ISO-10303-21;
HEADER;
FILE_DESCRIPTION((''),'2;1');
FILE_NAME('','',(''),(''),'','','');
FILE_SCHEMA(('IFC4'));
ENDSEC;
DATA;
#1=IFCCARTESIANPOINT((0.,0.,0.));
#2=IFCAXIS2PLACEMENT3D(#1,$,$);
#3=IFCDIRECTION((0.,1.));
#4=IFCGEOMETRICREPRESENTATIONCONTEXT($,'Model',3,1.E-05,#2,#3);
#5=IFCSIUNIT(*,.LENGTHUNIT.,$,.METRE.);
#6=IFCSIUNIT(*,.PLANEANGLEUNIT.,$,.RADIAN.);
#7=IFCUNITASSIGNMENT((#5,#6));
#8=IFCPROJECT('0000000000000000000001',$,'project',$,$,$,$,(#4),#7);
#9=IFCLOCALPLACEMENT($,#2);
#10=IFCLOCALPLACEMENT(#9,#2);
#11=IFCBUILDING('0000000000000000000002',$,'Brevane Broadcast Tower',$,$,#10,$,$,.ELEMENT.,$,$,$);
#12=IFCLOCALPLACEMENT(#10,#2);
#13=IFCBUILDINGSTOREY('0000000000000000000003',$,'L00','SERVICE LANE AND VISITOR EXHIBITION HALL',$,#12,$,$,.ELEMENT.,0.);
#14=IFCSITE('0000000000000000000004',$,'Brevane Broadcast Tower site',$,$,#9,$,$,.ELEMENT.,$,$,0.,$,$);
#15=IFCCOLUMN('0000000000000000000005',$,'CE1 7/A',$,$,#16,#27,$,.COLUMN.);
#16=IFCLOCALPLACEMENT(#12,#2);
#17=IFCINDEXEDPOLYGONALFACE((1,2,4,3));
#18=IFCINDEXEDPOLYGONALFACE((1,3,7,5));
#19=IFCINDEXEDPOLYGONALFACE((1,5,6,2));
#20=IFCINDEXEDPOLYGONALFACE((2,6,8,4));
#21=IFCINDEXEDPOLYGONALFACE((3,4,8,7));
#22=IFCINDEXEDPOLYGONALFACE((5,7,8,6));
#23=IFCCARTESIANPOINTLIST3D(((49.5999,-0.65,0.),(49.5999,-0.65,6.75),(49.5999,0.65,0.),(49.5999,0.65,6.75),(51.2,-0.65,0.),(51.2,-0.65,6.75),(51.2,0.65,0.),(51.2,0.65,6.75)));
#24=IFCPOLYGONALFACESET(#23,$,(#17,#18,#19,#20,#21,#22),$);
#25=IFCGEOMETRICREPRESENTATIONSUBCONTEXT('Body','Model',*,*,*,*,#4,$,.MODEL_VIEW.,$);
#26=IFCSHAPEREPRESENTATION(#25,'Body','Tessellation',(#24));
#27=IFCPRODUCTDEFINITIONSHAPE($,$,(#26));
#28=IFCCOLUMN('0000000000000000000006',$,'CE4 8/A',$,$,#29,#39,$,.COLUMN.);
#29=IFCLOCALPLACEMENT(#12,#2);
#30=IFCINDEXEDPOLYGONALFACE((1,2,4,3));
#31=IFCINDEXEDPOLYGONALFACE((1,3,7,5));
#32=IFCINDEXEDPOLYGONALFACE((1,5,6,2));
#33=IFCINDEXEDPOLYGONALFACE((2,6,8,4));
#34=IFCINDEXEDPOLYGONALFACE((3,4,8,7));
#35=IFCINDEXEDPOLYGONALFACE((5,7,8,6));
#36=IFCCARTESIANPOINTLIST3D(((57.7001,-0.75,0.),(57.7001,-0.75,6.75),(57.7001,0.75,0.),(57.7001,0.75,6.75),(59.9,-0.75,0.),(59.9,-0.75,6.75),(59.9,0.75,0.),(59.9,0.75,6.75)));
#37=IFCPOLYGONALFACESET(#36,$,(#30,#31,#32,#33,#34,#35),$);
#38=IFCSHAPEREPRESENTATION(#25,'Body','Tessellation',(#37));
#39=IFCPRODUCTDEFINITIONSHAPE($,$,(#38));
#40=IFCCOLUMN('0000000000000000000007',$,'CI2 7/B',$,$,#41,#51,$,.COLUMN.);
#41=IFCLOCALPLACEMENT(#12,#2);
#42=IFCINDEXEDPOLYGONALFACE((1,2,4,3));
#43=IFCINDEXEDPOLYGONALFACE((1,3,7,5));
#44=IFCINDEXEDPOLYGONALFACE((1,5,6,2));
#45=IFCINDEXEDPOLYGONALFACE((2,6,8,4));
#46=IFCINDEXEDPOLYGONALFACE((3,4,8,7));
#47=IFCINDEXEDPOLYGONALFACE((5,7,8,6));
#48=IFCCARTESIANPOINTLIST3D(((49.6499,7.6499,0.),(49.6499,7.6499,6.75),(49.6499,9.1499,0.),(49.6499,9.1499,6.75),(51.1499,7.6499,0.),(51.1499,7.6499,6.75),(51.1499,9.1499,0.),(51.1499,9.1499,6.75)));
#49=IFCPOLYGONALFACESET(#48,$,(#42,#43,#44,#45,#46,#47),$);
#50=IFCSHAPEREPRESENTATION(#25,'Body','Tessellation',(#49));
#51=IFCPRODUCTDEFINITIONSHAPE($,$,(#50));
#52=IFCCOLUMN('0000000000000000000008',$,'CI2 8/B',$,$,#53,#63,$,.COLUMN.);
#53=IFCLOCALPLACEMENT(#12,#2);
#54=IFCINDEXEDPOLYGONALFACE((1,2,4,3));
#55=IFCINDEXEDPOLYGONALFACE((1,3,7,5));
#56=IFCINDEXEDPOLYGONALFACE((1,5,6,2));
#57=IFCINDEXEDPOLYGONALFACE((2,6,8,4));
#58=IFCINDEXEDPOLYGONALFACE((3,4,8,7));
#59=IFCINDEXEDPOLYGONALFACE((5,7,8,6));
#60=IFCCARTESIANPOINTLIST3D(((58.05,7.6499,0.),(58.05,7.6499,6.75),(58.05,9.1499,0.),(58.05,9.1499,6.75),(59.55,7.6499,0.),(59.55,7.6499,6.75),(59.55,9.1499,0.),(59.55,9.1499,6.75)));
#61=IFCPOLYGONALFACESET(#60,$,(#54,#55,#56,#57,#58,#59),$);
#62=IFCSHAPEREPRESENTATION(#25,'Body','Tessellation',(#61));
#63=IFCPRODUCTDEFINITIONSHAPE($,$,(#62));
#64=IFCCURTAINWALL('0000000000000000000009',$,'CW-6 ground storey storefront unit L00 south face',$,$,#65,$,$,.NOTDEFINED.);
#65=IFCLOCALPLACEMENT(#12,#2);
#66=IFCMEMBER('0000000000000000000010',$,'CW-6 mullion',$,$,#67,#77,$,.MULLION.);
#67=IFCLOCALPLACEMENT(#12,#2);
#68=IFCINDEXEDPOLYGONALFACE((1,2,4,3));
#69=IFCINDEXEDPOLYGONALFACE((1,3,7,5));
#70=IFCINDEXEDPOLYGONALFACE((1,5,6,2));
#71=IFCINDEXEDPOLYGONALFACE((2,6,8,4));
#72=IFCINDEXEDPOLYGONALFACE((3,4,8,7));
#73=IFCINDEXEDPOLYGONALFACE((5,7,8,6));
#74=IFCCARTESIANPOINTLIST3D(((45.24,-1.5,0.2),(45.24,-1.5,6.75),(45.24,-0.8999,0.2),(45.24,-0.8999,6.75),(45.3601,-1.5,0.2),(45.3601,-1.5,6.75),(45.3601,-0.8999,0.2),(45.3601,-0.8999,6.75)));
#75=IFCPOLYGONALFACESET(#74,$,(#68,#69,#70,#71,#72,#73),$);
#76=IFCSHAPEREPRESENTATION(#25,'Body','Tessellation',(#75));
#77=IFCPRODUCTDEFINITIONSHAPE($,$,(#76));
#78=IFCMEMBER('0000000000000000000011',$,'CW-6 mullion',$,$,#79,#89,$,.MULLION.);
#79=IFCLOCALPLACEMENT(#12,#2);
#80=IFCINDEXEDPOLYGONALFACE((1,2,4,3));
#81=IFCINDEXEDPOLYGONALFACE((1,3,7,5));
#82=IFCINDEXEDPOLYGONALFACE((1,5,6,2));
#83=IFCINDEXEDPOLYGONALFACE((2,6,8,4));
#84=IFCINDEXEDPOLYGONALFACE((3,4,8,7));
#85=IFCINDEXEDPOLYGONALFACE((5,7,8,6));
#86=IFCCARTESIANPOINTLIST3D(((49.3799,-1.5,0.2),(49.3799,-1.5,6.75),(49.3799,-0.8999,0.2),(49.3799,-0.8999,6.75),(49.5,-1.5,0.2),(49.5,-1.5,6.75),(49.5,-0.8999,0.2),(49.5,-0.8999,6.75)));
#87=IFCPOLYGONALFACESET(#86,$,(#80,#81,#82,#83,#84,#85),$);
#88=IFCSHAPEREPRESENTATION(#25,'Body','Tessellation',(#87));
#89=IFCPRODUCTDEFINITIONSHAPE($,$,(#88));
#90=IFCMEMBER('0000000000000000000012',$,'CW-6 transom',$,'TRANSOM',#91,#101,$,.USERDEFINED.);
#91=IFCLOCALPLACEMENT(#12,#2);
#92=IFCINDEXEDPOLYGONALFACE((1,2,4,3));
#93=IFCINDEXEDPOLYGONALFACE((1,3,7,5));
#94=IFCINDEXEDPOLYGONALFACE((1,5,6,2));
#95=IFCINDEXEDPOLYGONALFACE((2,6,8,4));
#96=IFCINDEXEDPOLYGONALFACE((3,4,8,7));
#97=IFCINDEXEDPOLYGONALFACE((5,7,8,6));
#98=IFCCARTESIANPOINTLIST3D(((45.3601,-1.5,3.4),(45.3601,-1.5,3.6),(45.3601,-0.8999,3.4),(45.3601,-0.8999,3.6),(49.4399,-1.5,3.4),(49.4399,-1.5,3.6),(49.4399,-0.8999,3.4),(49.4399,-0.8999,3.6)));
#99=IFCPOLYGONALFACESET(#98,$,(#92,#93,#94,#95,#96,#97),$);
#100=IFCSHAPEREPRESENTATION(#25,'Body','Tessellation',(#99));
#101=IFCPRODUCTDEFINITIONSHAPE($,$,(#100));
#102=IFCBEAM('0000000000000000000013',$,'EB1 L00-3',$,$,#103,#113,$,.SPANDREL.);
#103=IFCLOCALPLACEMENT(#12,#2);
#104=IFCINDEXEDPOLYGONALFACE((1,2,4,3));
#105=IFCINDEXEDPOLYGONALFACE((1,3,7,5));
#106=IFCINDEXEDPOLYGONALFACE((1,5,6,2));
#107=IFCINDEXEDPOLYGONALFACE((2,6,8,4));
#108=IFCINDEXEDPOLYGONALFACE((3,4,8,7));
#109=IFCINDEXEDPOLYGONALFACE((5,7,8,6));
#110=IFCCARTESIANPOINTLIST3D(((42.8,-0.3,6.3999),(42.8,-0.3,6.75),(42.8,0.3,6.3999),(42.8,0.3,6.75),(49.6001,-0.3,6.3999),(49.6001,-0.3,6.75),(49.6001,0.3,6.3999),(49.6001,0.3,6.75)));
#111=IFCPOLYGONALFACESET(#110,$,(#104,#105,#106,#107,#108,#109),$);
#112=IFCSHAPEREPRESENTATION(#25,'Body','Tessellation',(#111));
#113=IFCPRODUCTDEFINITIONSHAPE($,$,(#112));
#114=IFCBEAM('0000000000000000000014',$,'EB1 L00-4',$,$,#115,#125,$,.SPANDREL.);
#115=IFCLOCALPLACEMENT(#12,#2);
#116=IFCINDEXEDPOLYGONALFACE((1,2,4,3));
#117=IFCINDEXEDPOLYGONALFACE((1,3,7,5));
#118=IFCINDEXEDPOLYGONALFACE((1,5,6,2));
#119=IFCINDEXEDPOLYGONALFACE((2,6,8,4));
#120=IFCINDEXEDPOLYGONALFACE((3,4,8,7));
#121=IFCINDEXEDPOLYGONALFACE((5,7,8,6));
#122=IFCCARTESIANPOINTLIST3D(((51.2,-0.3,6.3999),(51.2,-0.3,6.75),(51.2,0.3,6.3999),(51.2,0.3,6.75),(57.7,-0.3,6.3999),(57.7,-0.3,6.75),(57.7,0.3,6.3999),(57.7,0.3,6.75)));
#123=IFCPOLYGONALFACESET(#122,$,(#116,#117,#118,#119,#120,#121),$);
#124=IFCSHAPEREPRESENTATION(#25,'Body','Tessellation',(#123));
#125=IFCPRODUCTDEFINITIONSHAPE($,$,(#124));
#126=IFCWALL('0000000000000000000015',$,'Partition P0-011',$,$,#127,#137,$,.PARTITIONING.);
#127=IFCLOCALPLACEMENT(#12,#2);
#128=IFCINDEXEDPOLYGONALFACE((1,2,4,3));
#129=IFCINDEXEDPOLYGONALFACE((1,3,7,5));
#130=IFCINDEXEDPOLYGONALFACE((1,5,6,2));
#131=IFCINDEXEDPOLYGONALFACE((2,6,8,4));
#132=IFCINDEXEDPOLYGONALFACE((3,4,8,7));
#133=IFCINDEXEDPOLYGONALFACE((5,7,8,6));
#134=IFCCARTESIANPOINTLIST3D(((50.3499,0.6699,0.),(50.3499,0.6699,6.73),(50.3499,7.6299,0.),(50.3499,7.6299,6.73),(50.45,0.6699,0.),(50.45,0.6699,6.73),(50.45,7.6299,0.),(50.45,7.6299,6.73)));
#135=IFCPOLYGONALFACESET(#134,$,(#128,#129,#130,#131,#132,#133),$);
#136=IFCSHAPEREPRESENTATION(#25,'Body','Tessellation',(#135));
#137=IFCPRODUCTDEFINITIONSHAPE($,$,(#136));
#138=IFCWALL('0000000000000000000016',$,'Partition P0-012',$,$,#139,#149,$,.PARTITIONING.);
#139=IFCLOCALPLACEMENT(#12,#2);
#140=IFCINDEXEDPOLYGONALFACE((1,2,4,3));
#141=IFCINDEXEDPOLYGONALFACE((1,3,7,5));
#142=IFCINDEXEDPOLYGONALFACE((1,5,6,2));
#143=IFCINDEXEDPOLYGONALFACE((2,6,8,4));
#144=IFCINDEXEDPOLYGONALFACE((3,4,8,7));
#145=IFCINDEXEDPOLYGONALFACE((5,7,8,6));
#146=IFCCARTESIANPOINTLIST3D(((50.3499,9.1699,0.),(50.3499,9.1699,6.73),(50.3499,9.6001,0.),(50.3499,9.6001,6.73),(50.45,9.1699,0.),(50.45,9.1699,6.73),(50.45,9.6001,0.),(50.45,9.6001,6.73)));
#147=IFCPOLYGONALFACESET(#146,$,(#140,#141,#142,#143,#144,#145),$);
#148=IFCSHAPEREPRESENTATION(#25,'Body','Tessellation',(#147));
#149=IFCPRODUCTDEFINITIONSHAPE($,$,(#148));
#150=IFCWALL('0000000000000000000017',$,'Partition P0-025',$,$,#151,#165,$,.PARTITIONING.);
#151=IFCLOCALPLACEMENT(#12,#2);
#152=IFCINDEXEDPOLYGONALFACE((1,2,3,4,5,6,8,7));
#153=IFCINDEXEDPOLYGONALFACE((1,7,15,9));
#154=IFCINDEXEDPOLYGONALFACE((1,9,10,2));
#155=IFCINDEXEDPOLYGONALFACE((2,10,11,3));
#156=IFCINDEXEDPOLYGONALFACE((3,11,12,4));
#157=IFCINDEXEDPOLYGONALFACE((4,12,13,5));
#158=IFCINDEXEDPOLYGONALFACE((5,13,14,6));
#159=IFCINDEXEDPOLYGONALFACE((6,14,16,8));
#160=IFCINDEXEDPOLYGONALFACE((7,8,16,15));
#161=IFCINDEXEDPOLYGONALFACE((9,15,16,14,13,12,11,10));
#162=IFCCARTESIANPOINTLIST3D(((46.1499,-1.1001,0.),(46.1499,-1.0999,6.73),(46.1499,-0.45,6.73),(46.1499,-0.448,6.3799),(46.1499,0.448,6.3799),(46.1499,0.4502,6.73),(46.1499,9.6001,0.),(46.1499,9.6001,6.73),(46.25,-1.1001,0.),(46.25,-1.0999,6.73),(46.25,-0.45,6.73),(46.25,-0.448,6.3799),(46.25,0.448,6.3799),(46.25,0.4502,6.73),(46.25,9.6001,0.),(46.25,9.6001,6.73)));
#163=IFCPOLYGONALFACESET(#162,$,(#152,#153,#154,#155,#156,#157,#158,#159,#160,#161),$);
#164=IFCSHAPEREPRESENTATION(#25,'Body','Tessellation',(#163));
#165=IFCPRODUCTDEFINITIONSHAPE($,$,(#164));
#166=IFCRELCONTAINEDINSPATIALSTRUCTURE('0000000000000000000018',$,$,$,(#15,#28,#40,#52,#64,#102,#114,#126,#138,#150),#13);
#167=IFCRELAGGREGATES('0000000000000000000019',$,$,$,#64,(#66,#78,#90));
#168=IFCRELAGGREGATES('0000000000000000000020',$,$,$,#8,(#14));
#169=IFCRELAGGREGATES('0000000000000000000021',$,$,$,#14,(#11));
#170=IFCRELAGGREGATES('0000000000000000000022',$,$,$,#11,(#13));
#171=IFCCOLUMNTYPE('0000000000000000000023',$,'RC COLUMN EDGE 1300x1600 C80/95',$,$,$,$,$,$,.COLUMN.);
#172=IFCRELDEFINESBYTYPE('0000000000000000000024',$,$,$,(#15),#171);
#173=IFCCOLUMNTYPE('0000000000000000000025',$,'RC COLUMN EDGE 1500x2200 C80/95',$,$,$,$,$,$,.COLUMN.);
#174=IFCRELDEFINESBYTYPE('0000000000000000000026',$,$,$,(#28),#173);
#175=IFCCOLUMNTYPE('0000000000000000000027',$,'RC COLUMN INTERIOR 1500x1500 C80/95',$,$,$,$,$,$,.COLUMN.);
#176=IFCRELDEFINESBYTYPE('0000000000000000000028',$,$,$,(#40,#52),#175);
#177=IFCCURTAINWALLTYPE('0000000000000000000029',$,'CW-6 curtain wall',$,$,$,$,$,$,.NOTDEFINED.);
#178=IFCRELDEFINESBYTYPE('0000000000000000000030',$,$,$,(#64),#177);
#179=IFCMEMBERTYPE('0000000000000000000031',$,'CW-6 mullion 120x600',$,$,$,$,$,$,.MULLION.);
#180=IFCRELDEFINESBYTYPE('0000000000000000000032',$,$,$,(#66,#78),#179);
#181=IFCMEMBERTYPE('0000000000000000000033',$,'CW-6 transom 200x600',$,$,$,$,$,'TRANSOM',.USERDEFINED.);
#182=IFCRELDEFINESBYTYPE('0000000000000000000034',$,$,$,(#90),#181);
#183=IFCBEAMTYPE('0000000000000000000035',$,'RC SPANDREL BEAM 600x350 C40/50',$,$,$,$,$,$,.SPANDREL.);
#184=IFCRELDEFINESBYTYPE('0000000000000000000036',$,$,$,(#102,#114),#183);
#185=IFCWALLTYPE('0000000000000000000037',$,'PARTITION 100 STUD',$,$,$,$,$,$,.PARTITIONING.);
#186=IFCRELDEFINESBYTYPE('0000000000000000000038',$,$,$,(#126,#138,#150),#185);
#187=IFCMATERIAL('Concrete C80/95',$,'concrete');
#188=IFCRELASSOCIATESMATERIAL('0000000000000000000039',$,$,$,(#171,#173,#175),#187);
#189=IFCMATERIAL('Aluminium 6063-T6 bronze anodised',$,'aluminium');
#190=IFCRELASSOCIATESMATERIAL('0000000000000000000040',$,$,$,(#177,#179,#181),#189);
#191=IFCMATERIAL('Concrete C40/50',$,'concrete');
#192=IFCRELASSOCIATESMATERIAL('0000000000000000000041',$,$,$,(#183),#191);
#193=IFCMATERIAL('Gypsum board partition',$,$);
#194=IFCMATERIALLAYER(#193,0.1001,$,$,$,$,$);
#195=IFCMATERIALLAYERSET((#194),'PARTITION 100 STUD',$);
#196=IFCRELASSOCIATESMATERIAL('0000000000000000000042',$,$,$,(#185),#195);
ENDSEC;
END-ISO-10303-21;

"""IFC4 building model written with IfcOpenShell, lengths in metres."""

from ifc_helpers import new_model, si_unit, direction, frame, frame_2d, origin, origin_2d, place, context, subcontext, project, spatial, polyline, rectangle, outline, extrude, material, layer, layer_set, material_profile, profile_set, type_object, element, aggregate, save


model = new_model("IFC4")

# Units and contexts
model_context = context("Model", 3, precision=1e-05, world=origin(), true_north=direction((0.0, 1.0)))
body_context = subcontext(model_context, "Body", "Model", "MODEL_VIEW")
ifc_project = project(units=[si_unit("LENGTHUNIT", "METRE"), si_unit("PLANEANGLEUNIT", "RADIAN")], contexts=[model_context])

# Site, building, storey
site_placement = place(None, origin())
site = spatial("IfcSite", under=ifc_project, at=site_placement, Name="Brevane Broadcast Tower site", CompositionType="ELEMENT", RefElevation=0.0)
building_placement = place(site_placement, origin())
building = spatial("IfcBuilding", under=site, at=building_placement, Name="Brevane Broadcast Tower", CompositionType="ELEMENT")
storey_placement = place(building_placement, origin())
storey = spatial("IfcBuildingStorey", under=building, at=storey_placement, Name="L00", Description="SERVICE LANE AND VISITOR EXHIBITION HALL", CompositionType="ELEMENT", Elevation=0.0)

# Columns
ifc_material_1 = material(Name="Concrete C80/95", Category="concrete")
ifc_material_profile_1 = material_profile(ifc_material_1, rectangle(XDim=1.3, YDim=1.6001, at=origin_2d()), Name="RC 1300x1600")
ifc_profile_set_1 = profile_set([ifc_material_profile_1], Name="Concrete C80/95")
column_type_1 = type_object("IfcColumnType", Name="RC COLUMN EDGE 1300x1600 C80/95", PredefinedType="COLUMN", material=ifc_profile_set_1)
column_1_placement = place(storey_placement, frame((50.3999, 0.0, 0.0), z_axis=(0.0, 0.0, 1.0), x_axis=(0.0, 1.0, 0.0)))
element("IfcColumn", 1, at=column_1_placement, inside=storey, type_object=column_type_1, Name="CE1 7/A", PredefinedType="COLUMN", context=body_context, shape_type="SweptSolid", body=[
    extrude(rectangle(XDim=1.3, YDim=1.6001, at=origin_2d()), origin(), (0.0, 0.0, 1.0), 6.75),
])
ifc_material_profile_2 = material_profile(ifc_material_1, rectangle(XDim=1.5, YDim=2.2, at=origin_2d()), Name="RC 1500x2200")
ifc_profile_set_2 = profile_set([ifc_material_profile_2], Name="Concrete C80/95")
column_type_2 = type_object("IfcColumnType", Name="RC COLUMN EDGE 1500x2200 C80/95", PredefinedType="COLUMN", material=ifc_profile_set_2)
column_2_placement = place(storey_placement, frame((58.8, 0.0, 0.0), z_axis=(0.0, 0.0, 1.0), x_axis=(0.0, 1.0, 0.0)))
element("IfcColumn", 2, at=column_2_placement, inside=storey, type_object=column_type_2, Name="CE4 8/A", PredefinedType="COLUMN", context=body_context, shape_type="SweptSolid", body=[
    extrude(rectangle(XDim=1.5, YDim=2.2, at=origin_2d()), origin(), (0.0, 0.0, 1.0), 6.75),
])
ifc_material_profile_3 = material_profile(ifc_material_1, rectangle(XDim=1.5, YDim=1.5, at=origin_2d()), Name="RC 1500x1500")
ifc_profile_set_3 = profile_set([ifc_material_profile_3], Name="Concrete C80/95")
column_type_3 = type_object("IfcColumnType", Name="RC COLUMN INTERIOR 1500x1500 C80/95", PredefinedType="COLUMN", material=ifc_profile_set_3)
for number, where, z_axis, x_axis, name in (
    (3, (50.3999, 8.3999, 0.0), (0.0, 0.0, 1.0), (1.0, 0.0, 0.0), "CI2 7/B"),
    (4, (58.8, 8.3999, 0.0), (0.0, 0.0, 1.0), (1.0, 0.0, 0.0), "CI2 8/B"),
):
    element("IfcColumn", number, at=place(storey_placement, frame(where, z_axis=z_axis, x_axis=x_axis)), inside=storey, type_object=column_type_3, Name=name, PredefinedType="COLUMN", context=body_context, shape_type="SweptSolid", body=[
        extrude(rectangle(XDim=1.5, YDim=1.5, at=origin_2d()), origin(), (0.0, 0.0, 1.0), 6.75),
    ])

# Curtain wall, members
ifc_material_2 = material(Name="Aluminium 6063-T6 bronze anodised", Category="aluminium")
curtain_wall_type = type_object("IfcCurtainWallType", Name="CW-6 curtain wall", PredefinedType="NOTDEFINED", material=ifc_material_2)
curtain_wall_placement = place(storey_placement, origin())
curtain_wall = element("IfcCurtainWall", 5, at=curtain_wall_placement, inside=storey, type_object=curtain_wall_type, Name="CW-6 ground storey storefront unit L00 south face", PredefinedType="NOTDEFINED")
ifc_material_profile_4 = material_profile(ifc_material_2, rectangle(XDim=0.6001, YDim=0.1201, at=origin_2d()), Name="RECT 120x600")
ifc_profile_set_4 = profile_set([ifc_material_profile_4], Name="Aluminium 6063-T6 bronze anodised")
member_type_1 = type_object("IfcMemberType", Name="CW-6 mullion 120x600", PredefinedType="MULLION", material=ifc_profile_set_4)
member_1_placement = place(storey_placement, frame((45.3, -1.2, 0.2), z_axis=(0.0, 0.0, 1.0), x_axis=(0.0, 1.0, 0.0)))
member_1 = element("IfcMember", 6, at=member_1_placement, type_object=member_type_1, Name="CW-6 mullion", PredefinedType="MULLION", context=body_context, shape_type="SweptSolid", body=[
    extrude(rectangle(XDim=0.6001, YDim=0.1201, at=origin_2d()), origin(), (0.0, 0.0, 1.0), 6.55),
])
member_2_placement = place(storey_placement, frame((49.4399, -1.2, 0.2), z_axis=(0.0, 0.0, 1.0), x_axis=(0.0, 1.0, 0.0)))
member_2 = element("IfcMember", 7, at=member_2_placement, type_object=member_type_1, Name="CW-6 mullion", PredefinedType="MULLION", context=body_context, shape_type="SweptSolid", body=[
    extrude(rectangle(XDim=0.6001, YDim=0.1201, at=origin_2d()), origin(), (0.0, 0.0, 1.0), 6.55),
])
ifc_material_profile_5 = material_profile(ifc_material_2, rectangle(XDim=0.6001, YDim=0.2, at=origin_2d()), Name="RECT 200x600")
ifc_profile_set_5 = profile_set([ifc_material_profile_5], Name="Aluminium 6063-T6 bronze anodised")
member_type_2 = type_object("IfcMemberType", Name="CW-6 transom 200x600", ElementType="TRANSOM", PredefinedType="USERDEFINED", material=ifc_profile_set_5)
member_3_placement = place(storey_placement, frame((45.3601, -1.2, 3.5), z_axis=(1.0, 0.0, 0.0), x_axis=(0.0, 1.0, 0.0)))
member_3 = element("IfcMember", 8, at=member_3_placement, type_object=member_type_2, Name="CW-6 transom", ObjectType="TRANSOM", PredefinedType="USERDEFINED", context=body_context, shape_type="SweptSolid", body=[
    extrude(rectangle(XDim=0.6001, YDim=0.2, at=origin_2d()), origin(), (0.0, 0.0, 1.0), 4.0798),
])
aggregate(curtain_wall, [member_1, member_2, member_3])

# Beams
ifc_material_3 = material(Name="Concrete C40/50", Category="concrete")
ifc_material_profile_6 = material_profile(ifc_material_3, rectangle(XDim=0.6001, YDim=0.3501, at=origin_2d()), Name="RC 600x350")
ifc_profile_set_6 = profile_set([ifc_material_profile_6], Name="Concrete C40/50")
beam_type = type_object("IfcBeamType", Name="RC SPANDREL BEAM 600x350 C40/50", PredefinedType="SPANDREL", material=ifc_profile_set_6)
beam_1_placement = place(storey_placement, frame((42.8, 0.0, 6.575), z_axis=(1.0, 0.0, 0.0), x_axis=(0.0, 1.0, 0.0)))
element("IfcBeam", 9, at=beam_1_placement, inside=storey, type_object=beam_type, Name="EB1 L00-3", PredefinedType="SPANDREL", context=body_context, shape_type="SweptSolid", body=[
    extrude(rectangle(XDim=0.6001, YDim=0.3501, at=origin_2d()), origin(), (0.0, 0.0, 1.0), 6.8),
])
beam_2_placement = place(storey_placement, frame((51.2, 0.0, 6.575), z_axis=(1.0, 0.0, 0.0), x_axis=(0.0, 1.0, 0.0)))
element("IfcBeam", 10, at=beam_2_placement, inside=storey, type_object=beam_type, Name="EB1 L00-4", PredefinedType="SPANDREL", context=body_context, shape_type="SweptSolid", body=[
    extrude(rectangle(XDim=0.6001, YDim=0.3501, at=origin_2d()), origin(), (0.0, 0.0, 1.0), 6.5),
])

# Walls
ifc_material_4 = material(Name="Gypsum board partition")
ifc_layer_1 = layer(ifc_material_4, 0.1001)
ifc_layer_set_1 = layer_set([ifc_layer_1], Name="PARTITION 100 STUD")
wall_type_1 = type_object("IfcWallType", Name="PARTITION 100 STUD", PredefinedType="PARTITIONING", material=ifc_layer_set_1)
wall_1_placement = place(storey_placement, frame((50.3999, 0.6699, 0.0), z_axis=(0.0, 0.0, 1.0), x_axis=(0.0, 1.0, 0.0)))
element("IfcWall", 11, at=wall_1_placement, inside=storey, type_object=wall_type_1, Name="Partition P0-011", PredefinedType="PARTITIONING", context=body_context, shape_type="SweptSolid", body=[
    extrude(rectangle(XDim=6.96, YDim=0.1001, at=frame_2d((3.48, 0.0))), origin(), (0.0, 0.0, 1.0), 6.73),
])
wall_2_placement = place(storey_placement, frame((50.3999, 9.1699, 0.0), z_axis=(0.0, 0.0, 1.0), x_axis=(0.0, 1.0, 0.0)))
element("IfcWall", 12, at=wall_2_placement, inside=storey, type_object=wall_type_1, Name="Partition P0-012", PredefinedType="PARTITIONING", context=body_context, shape_type="SweptSolid", body=[
    extrude(rectangle(XDim=0.4302, YDim=0.1001, at=frame_2d((0.2151, 0.0))), origin(), (0.0, 0.0, 1.0), 6.73),
])
wall_3_placement = place(storey_placement, frame((46.2, 9.6001, 0.0), z_axis=(0.0, 0.0, 1.0), x_axis=(0.0, -1.0, 0.0)))
element("IfcWall", 13, at=wall_3_placement, inside=storey, type_object=wall_type_1, Name="Partition P0-025", PredefinedType="PARTITIONING", context=body_context, shape_type="SweptSolid", body=[
    extrude(outline(polyline([(0.0, 0.0), (10.7002, 0.0), (10.7, 6.73), (10.05, 6.73), (10.0481, 6.3799), (9.1521, 6.3799), (9.1499, 6.73), (0.0, 6.73), (0.0, 0.0)])), frame((0.0, 0.05, 0.0), z_axis=(0.0, -1.0, 0.0), x_axis=(1.0, 0.0, 0.0)), (0.0, 0.0, 1.0), 0.1001),
])

save(model, "model.ifc")
